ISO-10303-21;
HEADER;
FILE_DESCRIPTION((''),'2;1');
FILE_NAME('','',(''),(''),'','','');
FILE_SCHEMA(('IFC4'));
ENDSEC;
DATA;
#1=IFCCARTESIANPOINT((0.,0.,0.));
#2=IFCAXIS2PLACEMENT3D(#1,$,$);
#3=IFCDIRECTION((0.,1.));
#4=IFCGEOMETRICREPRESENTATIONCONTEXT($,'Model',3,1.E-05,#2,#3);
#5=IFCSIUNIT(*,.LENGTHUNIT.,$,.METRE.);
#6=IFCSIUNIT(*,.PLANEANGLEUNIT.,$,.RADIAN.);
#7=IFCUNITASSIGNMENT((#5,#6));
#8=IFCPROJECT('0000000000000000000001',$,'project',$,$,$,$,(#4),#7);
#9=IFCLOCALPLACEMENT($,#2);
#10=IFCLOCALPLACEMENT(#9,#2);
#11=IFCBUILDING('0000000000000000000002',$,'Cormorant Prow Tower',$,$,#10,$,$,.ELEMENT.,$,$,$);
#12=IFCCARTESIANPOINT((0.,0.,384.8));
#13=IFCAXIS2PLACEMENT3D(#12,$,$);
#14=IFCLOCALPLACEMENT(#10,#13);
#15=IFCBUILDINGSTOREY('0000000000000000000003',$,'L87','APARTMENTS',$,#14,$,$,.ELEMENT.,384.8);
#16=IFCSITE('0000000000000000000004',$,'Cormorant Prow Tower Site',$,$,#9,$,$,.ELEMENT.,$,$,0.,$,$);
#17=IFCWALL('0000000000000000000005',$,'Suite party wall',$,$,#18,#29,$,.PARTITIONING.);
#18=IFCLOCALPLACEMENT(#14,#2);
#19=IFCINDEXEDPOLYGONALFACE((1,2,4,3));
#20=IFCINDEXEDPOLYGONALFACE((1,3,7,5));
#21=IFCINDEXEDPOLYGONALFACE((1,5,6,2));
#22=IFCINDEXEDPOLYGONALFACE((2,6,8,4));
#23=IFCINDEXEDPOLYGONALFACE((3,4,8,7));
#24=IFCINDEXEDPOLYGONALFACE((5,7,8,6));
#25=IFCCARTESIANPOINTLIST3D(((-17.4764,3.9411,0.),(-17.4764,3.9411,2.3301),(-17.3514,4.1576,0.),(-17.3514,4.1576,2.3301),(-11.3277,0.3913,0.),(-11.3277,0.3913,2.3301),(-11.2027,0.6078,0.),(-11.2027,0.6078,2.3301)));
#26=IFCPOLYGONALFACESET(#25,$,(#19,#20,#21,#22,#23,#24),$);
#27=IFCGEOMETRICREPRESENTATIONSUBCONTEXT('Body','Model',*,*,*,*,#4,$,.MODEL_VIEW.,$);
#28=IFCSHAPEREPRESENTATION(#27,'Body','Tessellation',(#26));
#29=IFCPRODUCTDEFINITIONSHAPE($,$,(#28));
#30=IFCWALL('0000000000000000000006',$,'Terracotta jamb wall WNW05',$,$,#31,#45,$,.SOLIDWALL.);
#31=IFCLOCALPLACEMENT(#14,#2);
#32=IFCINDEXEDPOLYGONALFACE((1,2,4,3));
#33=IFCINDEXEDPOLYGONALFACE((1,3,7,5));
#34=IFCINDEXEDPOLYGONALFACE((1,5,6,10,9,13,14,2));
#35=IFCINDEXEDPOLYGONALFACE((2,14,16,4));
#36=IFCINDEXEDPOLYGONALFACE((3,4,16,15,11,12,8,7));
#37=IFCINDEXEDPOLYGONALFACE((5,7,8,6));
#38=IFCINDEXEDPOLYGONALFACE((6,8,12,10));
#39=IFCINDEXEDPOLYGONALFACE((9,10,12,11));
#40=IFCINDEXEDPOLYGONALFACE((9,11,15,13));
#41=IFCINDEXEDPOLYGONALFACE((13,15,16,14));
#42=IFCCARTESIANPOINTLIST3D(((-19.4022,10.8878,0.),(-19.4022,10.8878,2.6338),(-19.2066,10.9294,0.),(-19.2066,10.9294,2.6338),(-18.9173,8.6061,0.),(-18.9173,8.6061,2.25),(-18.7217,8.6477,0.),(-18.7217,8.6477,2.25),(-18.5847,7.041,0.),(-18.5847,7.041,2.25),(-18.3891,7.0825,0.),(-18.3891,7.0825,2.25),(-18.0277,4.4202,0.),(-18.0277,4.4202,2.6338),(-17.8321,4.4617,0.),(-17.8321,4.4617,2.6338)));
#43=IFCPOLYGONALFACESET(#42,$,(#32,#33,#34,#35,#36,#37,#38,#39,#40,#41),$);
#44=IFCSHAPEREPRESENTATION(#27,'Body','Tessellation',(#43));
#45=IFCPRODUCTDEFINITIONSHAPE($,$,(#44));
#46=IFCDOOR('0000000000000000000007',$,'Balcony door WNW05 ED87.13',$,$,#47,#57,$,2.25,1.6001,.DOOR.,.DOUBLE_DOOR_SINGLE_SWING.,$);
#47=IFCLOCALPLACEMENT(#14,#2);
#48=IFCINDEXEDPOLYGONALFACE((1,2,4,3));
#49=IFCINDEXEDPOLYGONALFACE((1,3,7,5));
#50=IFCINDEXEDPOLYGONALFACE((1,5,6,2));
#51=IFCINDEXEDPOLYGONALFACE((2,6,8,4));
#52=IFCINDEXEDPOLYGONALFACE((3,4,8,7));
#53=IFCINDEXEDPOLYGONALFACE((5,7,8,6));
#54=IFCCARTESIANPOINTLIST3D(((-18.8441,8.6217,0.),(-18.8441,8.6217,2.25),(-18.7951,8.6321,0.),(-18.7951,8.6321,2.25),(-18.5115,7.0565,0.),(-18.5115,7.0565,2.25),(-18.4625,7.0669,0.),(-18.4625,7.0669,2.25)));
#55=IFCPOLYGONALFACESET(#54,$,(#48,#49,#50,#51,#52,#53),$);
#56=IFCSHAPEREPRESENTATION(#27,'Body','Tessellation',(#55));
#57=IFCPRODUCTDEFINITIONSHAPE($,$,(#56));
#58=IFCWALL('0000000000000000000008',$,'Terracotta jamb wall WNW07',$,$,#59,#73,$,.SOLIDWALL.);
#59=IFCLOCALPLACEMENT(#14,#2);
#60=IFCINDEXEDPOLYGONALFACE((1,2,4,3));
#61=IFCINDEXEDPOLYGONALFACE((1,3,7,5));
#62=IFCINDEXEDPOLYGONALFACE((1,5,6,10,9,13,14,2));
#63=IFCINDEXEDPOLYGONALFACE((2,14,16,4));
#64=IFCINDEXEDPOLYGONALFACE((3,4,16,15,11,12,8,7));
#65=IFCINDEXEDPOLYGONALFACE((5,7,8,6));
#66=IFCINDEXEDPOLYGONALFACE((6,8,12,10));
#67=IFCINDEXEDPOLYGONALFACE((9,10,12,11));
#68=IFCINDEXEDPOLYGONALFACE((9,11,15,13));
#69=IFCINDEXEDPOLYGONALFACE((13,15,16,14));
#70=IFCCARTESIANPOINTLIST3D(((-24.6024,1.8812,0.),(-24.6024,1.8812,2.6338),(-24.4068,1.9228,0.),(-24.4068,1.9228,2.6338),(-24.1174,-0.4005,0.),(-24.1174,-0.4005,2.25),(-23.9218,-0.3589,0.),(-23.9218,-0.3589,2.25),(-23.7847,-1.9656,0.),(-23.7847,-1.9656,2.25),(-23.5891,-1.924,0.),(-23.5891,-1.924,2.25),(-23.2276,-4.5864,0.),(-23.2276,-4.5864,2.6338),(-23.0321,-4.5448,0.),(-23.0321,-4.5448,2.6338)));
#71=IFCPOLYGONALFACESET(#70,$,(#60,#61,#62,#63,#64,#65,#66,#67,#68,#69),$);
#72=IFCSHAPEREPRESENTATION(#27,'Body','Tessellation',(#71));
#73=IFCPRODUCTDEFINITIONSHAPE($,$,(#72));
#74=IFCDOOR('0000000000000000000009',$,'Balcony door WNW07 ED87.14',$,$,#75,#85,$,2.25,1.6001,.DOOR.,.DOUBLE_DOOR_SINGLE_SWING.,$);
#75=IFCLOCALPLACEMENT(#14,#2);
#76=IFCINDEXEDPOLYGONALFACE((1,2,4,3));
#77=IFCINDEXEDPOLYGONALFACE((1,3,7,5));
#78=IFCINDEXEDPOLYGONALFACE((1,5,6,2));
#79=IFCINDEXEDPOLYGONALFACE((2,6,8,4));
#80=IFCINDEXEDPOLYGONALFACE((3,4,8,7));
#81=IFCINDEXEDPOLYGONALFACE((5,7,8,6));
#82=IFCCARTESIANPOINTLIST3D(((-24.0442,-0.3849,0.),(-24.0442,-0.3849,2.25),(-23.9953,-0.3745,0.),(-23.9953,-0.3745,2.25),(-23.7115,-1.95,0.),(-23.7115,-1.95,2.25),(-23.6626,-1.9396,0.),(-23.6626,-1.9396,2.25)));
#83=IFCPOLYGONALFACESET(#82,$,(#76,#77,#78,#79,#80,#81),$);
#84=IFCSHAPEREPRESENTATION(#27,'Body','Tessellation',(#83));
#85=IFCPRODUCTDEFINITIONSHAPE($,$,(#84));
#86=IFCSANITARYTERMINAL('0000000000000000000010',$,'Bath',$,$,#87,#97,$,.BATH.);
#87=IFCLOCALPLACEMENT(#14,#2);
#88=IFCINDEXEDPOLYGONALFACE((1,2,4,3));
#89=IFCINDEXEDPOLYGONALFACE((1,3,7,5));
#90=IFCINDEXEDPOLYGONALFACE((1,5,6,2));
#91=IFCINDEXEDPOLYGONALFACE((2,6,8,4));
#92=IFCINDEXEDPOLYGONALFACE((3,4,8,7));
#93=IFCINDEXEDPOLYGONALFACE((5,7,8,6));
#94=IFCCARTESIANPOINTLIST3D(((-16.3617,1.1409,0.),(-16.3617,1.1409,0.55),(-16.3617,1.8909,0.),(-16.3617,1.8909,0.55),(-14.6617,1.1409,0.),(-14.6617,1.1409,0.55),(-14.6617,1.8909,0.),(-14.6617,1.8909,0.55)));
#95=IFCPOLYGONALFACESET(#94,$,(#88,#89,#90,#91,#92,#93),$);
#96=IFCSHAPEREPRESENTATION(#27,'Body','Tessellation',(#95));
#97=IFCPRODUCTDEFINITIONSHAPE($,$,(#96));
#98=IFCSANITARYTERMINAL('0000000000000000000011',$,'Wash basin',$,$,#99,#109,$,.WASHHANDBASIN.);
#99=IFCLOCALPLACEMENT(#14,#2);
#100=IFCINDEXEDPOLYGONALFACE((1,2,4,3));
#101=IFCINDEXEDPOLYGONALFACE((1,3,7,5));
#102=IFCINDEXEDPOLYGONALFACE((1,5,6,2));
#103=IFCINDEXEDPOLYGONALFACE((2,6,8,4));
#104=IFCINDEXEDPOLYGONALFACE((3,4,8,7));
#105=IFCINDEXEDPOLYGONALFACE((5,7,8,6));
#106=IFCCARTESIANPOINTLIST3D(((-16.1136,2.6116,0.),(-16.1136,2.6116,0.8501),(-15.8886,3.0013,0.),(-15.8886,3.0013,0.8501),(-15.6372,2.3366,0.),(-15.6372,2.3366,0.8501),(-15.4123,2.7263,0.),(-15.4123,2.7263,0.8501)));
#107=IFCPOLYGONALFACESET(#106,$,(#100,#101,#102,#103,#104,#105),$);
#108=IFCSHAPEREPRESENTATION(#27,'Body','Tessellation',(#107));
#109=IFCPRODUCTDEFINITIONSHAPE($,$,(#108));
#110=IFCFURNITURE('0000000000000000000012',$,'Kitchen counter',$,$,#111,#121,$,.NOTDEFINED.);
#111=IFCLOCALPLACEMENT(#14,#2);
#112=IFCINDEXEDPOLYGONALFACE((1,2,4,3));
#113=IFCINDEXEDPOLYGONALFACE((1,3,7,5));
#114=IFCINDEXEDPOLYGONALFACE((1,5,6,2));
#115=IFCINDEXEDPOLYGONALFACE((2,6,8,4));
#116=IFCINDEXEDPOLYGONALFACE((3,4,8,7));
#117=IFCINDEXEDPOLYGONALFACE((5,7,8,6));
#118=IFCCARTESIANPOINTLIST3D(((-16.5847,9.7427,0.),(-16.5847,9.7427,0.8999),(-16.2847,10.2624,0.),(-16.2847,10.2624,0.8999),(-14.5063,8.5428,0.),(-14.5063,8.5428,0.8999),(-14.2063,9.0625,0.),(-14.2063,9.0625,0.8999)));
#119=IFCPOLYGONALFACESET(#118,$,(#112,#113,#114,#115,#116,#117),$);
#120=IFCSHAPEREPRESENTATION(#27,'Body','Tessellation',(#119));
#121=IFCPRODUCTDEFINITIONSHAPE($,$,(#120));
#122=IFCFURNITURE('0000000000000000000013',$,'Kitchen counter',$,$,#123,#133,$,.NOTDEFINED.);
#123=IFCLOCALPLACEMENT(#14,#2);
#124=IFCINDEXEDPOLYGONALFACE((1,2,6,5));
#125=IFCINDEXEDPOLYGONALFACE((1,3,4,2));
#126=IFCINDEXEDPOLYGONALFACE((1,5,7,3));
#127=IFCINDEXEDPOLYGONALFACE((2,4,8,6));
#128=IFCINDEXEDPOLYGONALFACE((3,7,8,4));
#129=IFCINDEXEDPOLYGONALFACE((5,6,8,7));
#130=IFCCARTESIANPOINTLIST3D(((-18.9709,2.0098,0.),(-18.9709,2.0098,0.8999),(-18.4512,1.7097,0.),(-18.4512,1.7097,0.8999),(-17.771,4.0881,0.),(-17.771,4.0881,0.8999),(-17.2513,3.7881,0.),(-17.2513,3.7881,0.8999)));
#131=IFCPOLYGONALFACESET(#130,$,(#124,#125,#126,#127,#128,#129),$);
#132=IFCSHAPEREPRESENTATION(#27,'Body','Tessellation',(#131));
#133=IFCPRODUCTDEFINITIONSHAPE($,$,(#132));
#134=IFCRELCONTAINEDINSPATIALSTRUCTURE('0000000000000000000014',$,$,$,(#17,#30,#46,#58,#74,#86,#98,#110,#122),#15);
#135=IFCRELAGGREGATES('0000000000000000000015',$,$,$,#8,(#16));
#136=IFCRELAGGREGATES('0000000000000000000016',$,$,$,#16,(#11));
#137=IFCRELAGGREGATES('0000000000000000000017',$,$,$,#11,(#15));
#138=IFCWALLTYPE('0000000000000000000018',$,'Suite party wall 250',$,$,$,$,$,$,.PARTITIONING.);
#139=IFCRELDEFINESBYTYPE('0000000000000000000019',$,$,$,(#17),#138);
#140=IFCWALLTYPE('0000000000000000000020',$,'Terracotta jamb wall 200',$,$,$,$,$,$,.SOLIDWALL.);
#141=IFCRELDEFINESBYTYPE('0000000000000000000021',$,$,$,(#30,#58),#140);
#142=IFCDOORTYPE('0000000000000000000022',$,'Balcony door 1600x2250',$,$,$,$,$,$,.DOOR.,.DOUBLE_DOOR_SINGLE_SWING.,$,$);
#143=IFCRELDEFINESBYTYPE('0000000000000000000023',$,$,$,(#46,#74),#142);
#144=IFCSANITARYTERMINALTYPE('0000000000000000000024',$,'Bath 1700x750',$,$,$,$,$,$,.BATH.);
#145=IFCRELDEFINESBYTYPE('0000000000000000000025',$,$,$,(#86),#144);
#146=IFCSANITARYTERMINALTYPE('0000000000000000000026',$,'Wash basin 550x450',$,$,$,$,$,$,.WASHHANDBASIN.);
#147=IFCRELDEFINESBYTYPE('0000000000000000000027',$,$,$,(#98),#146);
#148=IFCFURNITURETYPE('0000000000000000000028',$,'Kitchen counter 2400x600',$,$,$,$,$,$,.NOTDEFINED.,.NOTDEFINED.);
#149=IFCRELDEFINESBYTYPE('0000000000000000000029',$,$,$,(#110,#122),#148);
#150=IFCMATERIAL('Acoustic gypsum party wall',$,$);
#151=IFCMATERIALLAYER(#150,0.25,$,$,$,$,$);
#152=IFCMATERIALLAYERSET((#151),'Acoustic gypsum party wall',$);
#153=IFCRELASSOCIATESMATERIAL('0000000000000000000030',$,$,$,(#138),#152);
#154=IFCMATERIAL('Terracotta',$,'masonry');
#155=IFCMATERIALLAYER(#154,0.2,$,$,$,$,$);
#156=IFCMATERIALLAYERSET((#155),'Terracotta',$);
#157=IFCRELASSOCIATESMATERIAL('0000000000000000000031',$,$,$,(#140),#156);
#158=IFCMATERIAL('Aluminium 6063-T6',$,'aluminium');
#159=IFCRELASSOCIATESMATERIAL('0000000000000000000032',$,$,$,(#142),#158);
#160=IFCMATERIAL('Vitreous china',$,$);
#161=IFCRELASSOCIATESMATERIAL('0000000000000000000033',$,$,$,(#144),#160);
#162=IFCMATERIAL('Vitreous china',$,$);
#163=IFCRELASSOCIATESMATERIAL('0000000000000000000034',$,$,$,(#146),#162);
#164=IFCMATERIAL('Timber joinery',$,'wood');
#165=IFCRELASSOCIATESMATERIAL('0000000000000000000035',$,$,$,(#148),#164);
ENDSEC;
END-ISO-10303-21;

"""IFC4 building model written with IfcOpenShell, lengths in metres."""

from ifc_helpers import new_model, si_unit, direction, frame, frame_2d, origin, origin_2d, place, context, subcontext, project, spatial, rectangle, extrude, material, layer, layer_set, type_object, element, fill, save


model = new_model("IFC4")

# Units and contexts
model_context = context("Model", 3, precision=1e-05, world=origin(), true_north=direction((0.0, 1.0)))
body_context = subcontext(model_context, "Body", "Model", "MODEL_VIEW")
ifc_project = project(units=[si_unit("LENGTHUNIT", "METRE"), si_unit("PLANEANGLEUNIT", "RADIAN")], contexts=[model_context])

# Site, building, storey
site_placement = place(None, origin())
site = spatial("IfcSite", under=ifc_project, at=site_placement, Name="Cormorant Prow Tower Site", CompositionType="ELEMENT", RefElevation=0.0)
building_placement = place(site_placement, origin())
building = spatial("IfcBuilding", under=site, at=building_placement, Name="Cormorant Prow Tower", CompositionType="ELEMENT")
storey_placement = place(building_placement, frame((0.0, 0.0, 384.8)))
storey = spatial("IfcBuildingStorey", under=building, at=storey_placement, Name="L87", Description="APARTMENTS", CompositionType="ELEMENT", Elevation=384.8)

# Wall
ifc_material_1 = material(Name="Acoustic gypsum party wall")
ifc_layer_1 = layer(ifc_material_1, 0.25)
ifc_layer_set_1 = layer_set([ifc_layer_1], Name="Acoustic gypsum party wall")
wall_type_1 = type_object("IfcWallType", Name="Suite party wall 250", PredefinedType="PARTITIONING", material=ifc_layer_set_1)
wall_1_placement = place(storey_placement, frame((-17.4138, 4.0493, 0.0), z_axis=(0.0, 0.0, 1.0), x_axis=(0.866034, -0.499985, 0.0)))
element("IfcWall", 1, at=wall_1_placement, inside=storey, type_object=wall_type_1, Name="Suite party wall", PredefinedType="PARTITIONING", context=body_context, shape_type="SweptSolid", body=[
    extrude(rectangle(XDim=7.0999, YDim=0.25, at=frame_2d((3.5498, 0.0))), origin(), (0.0, 0.0, 1.0), 2.3301),
])

# Walls, openings, doors
ifc_material_2 = material(Name="Terracotta", Category="masonry")
ifc_layer_2 = layer(ifc_material_2, 0.2)
ifc_layer_set_2 = layer_set([ifc_layer_2], Name="Terracotta")
wall_type_2 = type_object("IfcWallType", Name="Terracotta jamb wall 200", PredefinedType="SOLIDWALL", material=ifc_layer_set_2)
wall_2_placement = place(storey_placement, frame((-19.3044, 10.9087, 0.0), z_axis=(0.0, 0.0, 1.0), x_axis=(0.207882, -0.978154, 0.0)))
wall_2 = element("IfcWall", 2, at=wall_2_placement, inside=storey, type_object=wall_type_2, Name="Terracotta jamb wall WNW05", PredefinedType="SOLIDWALL", context=body_context, shape_type="SweptSolid", body=[
    extrude(rectangle(XDim=6.6121, YDim=0.2, at=frame_2d((3.3062, 0.0))), origin(), (0.0, 0.0, 1.0), 2.6338),
])
opening_1_placement = place(wall_2_placement, frame((2.3328, 0.0, 0.0)))
opening_1 = element("IfcOpeningElement", 3, at=opening_1_placement, cuts=wall_2, PredefinedType="OPENING", context=body_context, shape_type="SweptSolid", body=[
    extrude(rectangle(XDim=1.6001, YDim=2.25, at=frame_2d((0.8, 1.125))), frame((0.0, 0.1099, 0.0), z_axis=(0.0, -1.0, 0.0), x_axis=(1.0, 0.0, 0.0)), (0.0, 0.0, 1.0), 0.22),
])
ifc_material_3 = material(Name="Aluminium 6063-T6", Category="aluminium")
door_type_1 = type_object("IfcDoorType", Name="Balcony door 1600x2250", OperationType="DOUBLE_DOOR_SINGLE_SWING", PredefinedType="DOOR", material=ifc_material_3)
door_1_placement = place(opening_1_placement, origin())
door_1 = element("IfcDoor", 4, at=door_1_placement, inside=storey, type_object=door_type_1, Name="Balcony door WNW05 ED87.13", OperationType="DOUBLE_DOOR_SINGLE_SWING", OverallHeight=2.25, OverallWidth=1.6001, PredefinedType="DOOR", context=body_context, shape_type="SweptSolid", body=[
    extrude(rectangle(XDim=1.6001, YDim=2.25, at=frame_2d((0.8, 1.125))), frame((0.0, 0.0249, 0.0), z_axis=(0.0, -1.0, 0.0), x_axis=(1.0, 0.0, 0.0)), (0.0, 0.0, 1.0), 0.05),
])
fill(opening_1, door_1)
wall_3_placement = place(storey_placement, frame((-24.5046, 1.9021, 0.0), z_axis=(0.0, 0.0, 1.0), x_axis=(0.207917, -0.978146, 0.0)))
wall_3 = element("IfcWall", 5, at=wall_3_placement, inside=storey, type_object=wall_type_2, Name="Terracotta jamb wall WNW07", PredefinedType="SOLIDWALL", context=body_context, shape_type="SweptSolid", body=[
    extrude(rectangle(XDim=6.6121, YDim=0.2, at=frame_2d((3.3062, 0.0))), origin(), (0.0, 0.0, 1.0), 2.6338),
])
opening_2_placement = place(wall_3_placement, frame((2.3328, 0.0, 0.0)))
opening_2 = element("IfcOpeningElement", 6, at=opening_2_placement, cuts=wall_3, PredefinedType="OPENING", context=body_context, shape_type="SweptSolid", body=[
    extrude(rectangle(XDim=1.6001, YDim=2.25, at=frame_2d((0.8, 1.125))), frame((0.0, 0.1099, 0.0), z_axis=(0.0, -1.0, 0.0), x_axis=(1.0, 0.0, 0.0)), (0.0, 0.0, 1.0), 0.22),
])
door_2_placement = place(opening_2_placement, origin())
door_2 = element("IfcDoor", 7, at=door_2_placement, inside=storey, type_object=door_type_1, Name="Balcony door WNW07 ED87.14", OperationType="DOUBLE_DOOR_SINGLE_SWING", OverallHeight=2.25, OverallWidth=1.6001, PredefinedType="DOOR", context=body_context, shape_type="SweptSolid", body=[
    extrude(rectangle(XDim=1.6001, YDim=2.25, at=frame_2d((0.8, 1.125))), frame((0.0, 0.0249, 0.0), z_axis=(0.0, -1.0, 0.0), x_axis=(1.0, 0.0, 0.0)), (0.0, 0.0, 1.0), 0.05),
])
fill(opening_2, door_2)

# Sanitary terminals
ifc_material_4 = material(Name="Vitreous china")
sanitary_terminal_type_1 = type_object("IfcSanitaryTerminalType", Name="Bath 1700x750", PredefinedType="BATH", material=ifc_material_4)
sanitary_terminal_1_placement = place(storey_placement, frame((-15.5117, 1.5159, 0.0), z_axis=(0.0, 0.0, 1.0), x_axis=(1.0, 0.0, 0.0)))
element("IfcSanitaryTerminal", 8, at=sanitary_terminal_1_placement, inside=storey, type_object=sanitary_terminal_type_1, Name="Bath", PredefinedType="BATH", context=body_context, shape_type="SweptSolid", body=[
    extrude(rectangle(XDim=1.7, YDim=0.75, at=origin_2d()), origin(), (0.0, 0.0, 1.0), 0.55),
])
ifc_material_5 = material(Name="Vitreous china")
sanitary_terminal_type_2 = type_object("IfcSanitaryTerminalType", Name="Wash basin 550x450", PredefinedType="WASHHANDBASIN", material=ifc_material_5)
sanitary_terminal_2_placement = place(storey_placement, frame((-15.7629, 2.6689, 0.0), z_axis=(0.0, 0.0, 1.0), x_axis=(0.866025, -0.5, 0.0)))
element("IfcSanitaryTerminal", 9, at=sanitary_terminal_2_placement, inside=storey, type_object=sanitary_terminal_type_2, Name="Wash basin", PredefinedType="WASHHANDBASIN", context=body_context, shape_type="SweptSolid", body=[
    extrude(rectangle(XDim=0.55, YDim=0.45, at=origin_2d()), origin(), (0.0, 0.0, 1.0), 0.8501),
])

# Furniture
ifc_material_6 = material(Name="Timber joinery", Category="wood")
furniture_type = type_object("IfcFurnitureType", Name="Kitchen counter 2400x600", AssemblyPlace="NOTDEFINED", PredefinedType="NOTDEFINED", material=ifc_material_6)
for number, where, z_axis, x_axis, name in (
    (10, (-15.3955, 9.4026, 0.0), (0.0, 0.0, 1.0), (-0.866025, 0.5, 0.0), "Kitchen counter"),
    (11, (-18.1111, 2.8989, 0.0), (0.0, 0.0, 1.0), (-0.5, -0.866025, 0.0), "Kitchen counter"),
):
    element("IfcFurniture", number, at=place(storey_placement, frame(where, z_axis=z_axis, x_axis=x_axis)), inside=storey, type_object=furniture_type, Name=name, PredefinedType="NOTDEFINED", context=body_context, shape_type="SweptSolid", body=[
        extrude(rectangle(XDim=2.3999, YDim=0.6001, at=origin_2d()), origin(), (0.0, 0.0, 1.0), 0.8999),
    ])

save(model, "model.ifc")
